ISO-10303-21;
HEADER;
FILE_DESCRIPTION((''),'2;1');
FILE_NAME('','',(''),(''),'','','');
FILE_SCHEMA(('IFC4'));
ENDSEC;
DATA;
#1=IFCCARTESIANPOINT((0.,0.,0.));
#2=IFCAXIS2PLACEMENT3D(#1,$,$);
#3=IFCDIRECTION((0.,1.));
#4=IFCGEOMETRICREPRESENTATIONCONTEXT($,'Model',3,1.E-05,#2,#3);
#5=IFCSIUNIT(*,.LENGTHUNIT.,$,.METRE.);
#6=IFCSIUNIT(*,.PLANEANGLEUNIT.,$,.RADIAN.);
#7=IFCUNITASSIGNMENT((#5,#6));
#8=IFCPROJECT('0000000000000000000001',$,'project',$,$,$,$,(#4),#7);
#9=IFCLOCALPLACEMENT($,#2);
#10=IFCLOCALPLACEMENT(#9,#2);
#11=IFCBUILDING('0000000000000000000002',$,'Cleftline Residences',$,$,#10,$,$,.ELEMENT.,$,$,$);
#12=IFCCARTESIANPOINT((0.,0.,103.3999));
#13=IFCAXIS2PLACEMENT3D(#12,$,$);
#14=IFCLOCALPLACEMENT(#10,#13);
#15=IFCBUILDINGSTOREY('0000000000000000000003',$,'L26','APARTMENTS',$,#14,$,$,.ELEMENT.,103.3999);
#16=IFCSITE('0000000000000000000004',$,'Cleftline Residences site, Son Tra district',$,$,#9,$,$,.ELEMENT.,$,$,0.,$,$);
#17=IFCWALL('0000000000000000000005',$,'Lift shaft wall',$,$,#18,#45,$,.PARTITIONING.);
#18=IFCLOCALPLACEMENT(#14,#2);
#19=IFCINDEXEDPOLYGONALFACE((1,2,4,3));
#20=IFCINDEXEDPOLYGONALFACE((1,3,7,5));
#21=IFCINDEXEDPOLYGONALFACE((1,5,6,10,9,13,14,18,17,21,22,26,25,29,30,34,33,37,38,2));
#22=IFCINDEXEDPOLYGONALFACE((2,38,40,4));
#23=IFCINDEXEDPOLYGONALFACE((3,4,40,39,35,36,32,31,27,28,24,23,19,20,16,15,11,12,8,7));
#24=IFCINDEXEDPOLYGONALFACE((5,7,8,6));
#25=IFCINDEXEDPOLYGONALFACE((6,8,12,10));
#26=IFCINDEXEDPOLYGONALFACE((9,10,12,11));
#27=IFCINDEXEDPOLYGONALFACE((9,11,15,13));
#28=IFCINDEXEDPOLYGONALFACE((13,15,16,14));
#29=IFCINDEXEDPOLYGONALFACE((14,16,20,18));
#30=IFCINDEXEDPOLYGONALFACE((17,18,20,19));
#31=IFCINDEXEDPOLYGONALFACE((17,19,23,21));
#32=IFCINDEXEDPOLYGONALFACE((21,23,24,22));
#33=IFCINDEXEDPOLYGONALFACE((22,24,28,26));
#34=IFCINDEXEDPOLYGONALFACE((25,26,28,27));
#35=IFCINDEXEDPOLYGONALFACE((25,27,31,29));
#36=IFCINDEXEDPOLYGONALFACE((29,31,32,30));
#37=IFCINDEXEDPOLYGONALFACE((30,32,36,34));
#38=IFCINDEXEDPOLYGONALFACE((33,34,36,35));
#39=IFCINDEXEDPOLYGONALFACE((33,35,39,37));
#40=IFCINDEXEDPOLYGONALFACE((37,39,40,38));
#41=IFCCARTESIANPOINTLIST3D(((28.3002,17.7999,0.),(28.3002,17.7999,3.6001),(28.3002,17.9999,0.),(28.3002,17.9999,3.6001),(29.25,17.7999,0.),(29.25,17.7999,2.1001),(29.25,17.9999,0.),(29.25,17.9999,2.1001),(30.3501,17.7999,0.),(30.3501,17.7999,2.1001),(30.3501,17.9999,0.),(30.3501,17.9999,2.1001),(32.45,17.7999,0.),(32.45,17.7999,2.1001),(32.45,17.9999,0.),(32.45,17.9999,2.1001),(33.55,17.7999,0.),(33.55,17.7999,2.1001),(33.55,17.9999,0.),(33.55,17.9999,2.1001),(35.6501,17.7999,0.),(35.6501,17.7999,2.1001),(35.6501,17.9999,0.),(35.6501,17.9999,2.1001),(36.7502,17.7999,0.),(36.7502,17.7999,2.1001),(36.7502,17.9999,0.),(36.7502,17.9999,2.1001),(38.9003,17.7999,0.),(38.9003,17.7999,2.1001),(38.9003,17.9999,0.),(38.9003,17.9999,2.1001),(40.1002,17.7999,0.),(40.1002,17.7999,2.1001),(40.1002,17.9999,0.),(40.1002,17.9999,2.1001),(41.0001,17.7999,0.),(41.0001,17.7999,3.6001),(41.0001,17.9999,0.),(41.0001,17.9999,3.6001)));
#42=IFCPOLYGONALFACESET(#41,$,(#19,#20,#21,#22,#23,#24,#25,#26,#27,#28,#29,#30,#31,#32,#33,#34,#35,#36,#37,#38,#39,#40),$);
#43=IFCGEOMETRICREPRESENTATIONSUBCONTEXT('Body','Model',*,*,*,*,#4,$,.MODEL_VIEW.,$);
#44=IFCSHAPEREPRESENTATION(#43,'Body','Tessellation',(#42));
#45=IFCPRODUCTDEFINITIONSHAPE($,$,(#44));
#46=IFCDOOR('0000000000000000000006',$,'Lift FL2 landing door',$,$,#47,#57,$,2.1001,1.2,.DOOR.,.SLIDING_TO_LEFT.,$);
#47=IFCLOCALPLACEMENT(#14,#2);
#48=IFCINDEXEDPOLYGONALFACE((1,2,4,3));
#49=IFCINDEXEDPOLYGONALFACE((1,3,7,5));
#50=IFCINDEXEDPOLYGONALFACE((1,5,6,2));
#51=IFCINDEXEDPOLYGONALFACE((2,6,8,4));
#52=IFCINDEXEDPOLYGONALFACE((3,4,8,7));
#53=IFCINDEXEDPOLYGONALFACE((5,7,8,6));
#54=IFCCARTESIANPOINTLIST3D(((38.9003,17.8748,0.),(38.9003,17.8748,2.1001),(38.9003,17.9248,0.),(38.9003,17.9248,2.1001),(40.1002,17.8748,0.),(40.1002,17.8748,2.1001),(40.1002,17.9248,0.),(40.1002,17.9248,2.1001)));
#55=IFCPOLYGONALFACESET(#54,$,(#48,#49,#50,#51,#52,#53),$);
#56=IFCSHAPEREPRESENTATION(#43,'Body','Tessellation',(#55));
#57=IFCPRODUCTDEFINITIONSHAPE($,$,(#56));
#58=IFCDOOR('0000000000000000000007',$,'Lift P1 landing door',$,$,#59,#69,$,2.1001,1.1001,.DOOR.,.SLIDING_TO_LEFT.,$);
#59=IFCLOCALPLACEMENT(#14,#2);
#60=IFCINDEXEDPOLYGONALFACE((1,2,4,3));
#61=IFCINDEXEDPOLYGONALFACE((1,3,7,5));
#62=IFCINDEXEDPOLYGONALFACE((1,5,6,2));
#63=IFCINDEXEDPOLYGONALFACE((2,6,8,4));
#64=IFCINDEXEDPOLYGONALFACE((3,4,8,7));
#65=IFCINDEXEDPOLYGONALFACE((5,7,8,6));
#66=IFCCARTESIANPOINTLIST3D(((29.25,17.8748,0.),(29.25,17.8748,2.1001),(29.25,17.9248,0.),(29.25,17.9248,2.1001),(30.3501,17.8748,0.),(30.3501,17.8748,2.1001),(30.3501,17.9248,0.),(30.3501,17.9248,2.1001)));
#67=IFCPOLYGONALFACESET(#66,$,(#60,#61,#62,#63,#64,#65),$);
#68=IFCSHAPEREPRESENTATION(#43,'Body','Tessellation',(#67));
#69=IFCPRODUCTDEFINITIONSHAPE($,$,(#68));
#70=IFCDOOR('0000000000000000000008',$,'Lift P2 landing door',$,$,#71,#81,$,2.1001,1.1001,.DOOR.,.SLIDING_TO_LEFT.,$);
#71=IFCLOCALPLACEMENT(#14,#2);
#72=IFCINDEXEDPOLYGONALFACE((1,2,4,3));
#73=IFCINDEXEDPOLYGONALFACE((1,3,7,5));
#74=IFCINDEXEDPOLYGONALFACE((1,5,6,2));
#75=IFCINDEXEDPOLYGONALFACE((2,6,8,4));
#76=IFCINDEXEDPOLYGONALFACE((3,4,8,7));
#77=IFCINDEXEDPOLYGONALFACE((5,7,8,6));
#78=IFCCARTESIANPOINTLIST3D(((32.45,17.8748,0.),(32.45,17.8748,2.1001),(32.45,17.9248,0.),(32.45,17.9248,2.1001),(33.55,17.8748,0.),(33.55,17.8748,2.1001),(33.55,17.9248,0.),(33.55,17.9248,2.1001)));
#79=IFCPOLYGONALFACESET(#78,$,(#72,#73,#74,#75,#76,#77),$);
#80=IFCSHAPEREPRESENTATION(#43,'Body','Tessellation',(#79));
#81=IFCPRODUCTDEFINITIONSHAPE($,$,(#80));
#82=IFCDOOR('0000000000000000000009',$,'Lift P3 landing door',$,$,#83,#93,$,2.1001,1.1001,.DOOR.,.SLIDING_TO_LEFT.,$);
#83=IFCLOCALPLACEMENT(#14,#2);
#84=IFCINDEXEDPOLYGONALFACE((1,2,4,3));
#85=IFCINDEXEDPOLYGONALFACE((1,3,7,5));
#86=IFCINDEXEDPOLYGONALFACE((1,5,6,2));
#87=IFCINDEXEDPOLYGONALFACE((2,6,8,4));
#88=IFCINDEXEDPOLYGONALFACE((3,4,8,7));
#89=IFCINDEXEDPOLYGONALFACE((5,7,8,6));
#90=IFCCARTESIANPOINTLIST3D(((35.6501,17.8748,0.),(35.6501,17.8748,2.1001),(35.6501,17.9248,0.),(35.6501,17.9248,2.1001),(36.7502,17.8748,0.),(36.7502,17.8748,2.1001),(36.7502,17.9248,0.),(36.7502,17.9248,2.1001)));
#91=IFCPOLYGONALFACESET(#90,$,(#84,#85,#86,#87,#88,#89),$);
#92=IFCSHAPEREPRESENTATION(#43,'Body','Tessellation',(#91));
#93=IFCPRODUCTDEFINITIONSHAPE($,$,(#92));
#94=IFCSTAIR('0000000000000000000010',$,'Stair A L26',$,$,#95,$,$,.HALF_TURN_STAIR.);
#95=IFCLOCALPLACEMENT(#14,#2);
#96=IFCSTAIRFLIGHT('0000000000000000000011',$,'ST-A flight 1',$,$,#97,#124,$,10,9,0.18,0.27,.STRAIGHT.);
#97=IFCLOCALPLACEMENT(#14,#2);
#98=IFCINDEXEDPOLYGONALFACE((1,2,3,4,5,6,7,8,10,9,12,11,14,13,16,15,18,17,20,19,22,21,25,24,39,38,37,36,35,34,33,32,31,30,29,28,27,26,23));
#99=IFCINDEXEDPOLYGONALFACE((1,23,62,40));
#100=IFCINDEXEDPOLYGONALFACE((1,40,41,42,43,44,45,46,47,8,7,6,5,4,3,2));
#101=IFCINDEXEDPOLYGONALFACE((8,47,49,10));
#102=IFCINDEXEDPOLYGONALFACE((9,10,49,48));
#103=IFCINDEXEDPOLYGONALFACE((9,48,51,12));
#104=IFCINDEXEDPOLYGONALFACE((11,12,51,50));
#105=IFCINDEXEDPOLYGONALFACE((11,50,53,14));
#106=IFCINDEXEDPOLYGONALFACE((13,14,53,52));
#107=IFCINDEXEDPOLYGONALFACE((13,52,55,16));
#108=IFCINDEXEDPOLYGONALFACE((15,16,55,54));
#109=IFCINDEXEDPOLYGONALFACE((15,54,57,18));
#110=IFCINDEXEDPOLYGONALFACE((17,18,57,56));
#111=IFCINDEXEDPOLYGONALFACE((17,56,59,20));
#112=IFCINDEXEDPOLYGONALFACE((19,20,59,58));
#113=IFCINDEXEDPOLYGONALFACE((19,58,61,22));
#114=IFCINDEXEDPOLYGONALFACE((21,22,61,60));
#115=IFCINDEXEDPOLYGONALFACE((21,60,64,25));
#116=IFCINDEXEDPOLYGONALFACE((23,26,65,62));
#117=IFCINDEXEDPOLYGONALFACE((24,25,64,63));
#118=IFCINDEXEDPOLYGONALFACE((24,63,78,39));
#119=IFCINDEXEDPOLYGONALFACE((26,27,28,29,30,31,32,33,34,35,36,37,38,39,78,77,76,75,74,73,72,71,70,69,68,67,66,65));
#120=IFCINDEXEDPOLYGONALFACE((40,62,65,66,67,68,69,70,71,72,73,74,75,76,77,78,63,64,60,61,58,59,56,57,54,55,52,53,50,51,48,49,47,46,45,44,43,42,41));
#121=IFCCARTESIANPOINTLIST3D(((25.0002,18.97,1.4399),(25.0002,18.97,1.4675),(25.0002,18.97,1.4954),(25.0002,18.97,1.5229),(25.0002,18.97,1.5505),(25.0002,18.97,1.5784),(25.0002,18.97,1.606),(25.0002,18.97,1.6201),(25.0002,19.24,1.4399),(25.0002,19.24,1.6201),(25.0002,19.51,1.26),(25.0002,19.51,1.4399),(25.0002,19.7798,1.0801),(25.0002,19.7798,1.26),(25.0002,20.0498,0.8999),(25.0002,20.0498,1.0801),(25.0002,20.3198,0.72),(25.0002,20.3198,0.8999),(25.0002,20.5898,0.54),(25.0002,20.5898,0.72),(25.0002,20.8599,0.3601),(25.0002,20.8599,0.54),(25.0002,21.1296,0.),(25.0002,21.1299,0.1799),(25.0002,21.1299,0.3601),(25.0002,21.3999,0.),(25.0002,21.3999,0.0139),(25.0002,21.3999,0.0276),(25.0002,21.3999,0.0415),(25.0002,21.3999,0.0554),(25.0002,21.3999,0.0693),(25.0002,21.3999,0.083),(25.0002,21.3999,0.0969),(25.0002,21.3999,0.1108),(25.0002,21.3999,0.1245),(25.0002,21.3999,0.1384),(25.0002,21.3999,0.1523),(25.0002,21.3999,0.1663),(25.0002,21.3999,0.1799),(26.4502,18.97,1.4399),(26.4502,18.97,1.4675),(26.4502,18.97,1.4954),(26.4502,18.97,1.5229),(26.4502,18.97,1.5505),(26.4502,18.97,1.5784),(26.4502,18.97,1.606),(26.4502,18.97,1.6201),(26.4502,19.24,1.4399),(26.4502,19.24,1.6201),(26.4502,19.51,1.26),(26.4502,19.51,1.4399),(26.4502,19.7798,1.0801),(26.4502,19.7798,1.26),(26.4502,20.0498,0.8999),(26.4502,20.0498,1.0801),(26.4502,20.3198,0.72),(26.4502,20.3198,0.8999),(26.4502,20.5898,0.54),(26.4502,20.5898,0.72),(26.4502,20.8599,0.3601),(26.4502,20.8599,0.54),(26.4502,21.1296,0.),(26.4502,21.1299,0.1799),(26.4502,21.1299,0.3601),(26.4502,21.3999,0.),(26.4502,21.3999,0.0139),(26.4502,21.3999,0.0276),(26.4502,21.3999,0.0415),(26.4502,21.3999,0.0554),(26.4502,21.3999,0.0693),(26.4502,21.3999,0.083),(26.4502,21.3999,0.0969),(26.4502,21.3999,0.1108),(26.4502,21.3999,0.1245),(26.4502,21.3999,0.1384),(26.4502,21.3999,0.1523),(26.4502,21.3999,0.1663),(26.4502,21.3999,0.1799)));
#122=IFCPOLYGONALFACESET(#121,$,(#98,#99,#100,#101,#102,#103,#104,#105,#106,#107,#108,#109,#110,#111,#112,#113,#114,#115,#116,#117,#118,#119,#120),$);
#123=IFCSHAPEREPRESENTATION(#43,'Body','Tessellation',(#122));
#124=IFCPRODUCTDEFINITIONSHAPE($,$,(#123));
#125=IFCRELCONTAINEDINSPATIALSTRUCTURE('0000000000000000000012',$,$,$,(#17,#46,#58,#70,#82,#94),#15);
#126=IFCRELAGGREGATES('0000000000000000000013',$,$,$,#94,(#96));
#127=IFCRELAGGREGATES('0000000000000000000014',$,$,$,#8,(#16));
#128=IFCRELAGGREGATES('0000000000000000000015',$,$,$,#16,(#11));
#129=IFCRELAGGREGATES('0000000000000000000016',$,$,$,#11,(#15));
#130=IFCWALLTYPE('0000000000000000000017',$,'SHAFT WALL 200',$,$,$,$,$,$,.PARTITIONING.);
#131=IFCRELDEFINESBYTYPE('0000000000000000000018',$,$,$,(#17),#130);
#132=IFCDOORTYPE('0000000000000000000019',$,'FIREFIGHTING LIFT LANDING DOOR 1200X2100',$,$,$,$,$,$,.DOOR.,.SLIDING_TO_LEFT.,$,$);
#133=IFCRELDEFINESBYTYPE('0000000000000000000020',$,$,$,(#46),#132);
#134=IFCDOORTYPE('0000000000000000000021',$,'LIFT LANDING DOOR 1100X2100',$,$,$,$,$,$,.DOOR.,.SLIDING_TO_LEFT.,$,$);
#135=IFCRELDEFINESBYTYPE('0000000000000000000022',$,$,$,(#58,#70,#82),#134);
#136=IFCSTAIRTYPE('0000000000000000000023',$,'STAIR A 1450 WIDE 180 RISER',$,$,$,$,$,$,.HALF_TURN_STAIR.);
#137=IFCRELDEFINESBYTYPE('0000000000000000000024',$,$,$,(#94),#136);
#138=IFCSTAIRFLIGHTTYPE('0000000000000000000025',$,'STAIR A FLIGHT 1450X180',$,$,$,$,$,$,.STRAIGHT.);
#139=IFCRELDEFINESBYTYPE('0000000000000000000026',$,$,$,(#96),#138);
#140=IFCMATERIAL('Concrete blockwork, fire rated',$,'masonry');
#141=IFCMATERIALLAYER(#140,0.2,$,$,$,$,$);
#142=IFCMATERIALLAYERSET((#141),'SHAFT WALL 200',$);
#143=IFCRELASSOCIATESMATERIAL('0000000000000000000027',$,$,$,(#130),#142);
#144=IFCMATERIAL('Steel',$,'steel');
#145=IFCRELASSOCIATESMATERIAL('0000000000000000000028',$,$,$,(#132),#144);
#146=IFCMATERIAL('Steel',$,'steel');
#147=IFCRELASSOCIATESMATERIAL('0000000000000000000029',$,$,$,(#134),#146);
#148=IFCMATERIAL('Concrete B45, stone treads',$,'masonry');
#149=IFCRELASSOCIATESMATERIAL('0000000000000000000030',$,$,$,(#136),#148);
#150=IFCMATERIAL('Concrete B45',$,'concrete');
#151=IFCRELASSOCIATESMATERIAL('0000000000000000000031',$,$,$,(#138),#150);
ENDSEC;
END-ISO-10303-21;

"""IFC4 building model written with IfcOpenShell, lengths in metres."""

from ifc_helpers import new_model, si_unit, direction, frame, frame_2d, origin, place, context, subcontext, project, spatial, polyline, rectangle, outline, extrude, material, layer, layer_set, type_object, element, fill, aggregate, save


model = new_model("IFC4")

# Units and contexts
model_context = context("Model", 3, precision=1e-05, world=origin(), true_north=direction((0.0, 1.0)))
body_context = subcontext(model_context, "Body", "Model", "MODEL_VIEW")
ifc_project = project(units=[si_unit("LENGTHUNIT", "METRE"), si_unit("PLANEANGLEUNIT", "RADIAN")], contexts=[model_context])

# Site, building, storey
site_placement = place(None, origin())
site = spatial("IfcSite", under=ifc_project, at=site_placement, Name="Cleftline Residences site, Son Tra district", CompositionType="ELEMENT", RefElevation=0.0)
building_placement = place(site_placement, origin())
building = spatial("IfcBuilding", under=site, at=building_placement, Name="Cleftline Residences", CompositionType="ELEMENT")
storey_placement = place(building_placement, frame((0.0, 0.0, 103.3999)))
storey = spatial("IfcBuildingStorey", under=building, at=storey_placement, Name="L26", Description="APARTMENTS", CompositionType="ELEMENT", Elevation=103.3999)

# Wall, openings, doors
ifc_material_1 = material(Name="Concrete blockwork, fire rated", Category="masonry")
ifc_layer_1 = layer(ifc_material_1, 0.2)
ifc_layer_set_1 = layer_set([ifc_layer_1], Name="SHAFT WALL 200")
wall_type_1 = type_object("IfcWallType", Name="SHAFT WALL 200", PredefinedType="PARTITIONING", material=ifc_layer_set_1)
wall_1_placement = place(storey_placement, frame((28.3, 17.8999, 0.0), z_axis=(0.0, 0.0, 1.0), x_axis=(1.0, 0.0, 0.0)))
wall_1 = element("IfcWall", 1, at=wall_1_placement, inside=storey, type_object=wall_type_1, Name="Lift shaft wall", PredefinedType="PARTITIONING", context=body_context, shape_type="SweptSolid", body=[
    extrude(rectangle(XDim=12.7, YDim=0.2, at=frame_2d((6.3501, 0.0))), origin(), (0.0, 0.0, 1.0), 3.6001),
])
opening_1_placement = place(wall_1_placement, frame((0.95, 0.0, 0.0)))
opening_1 = element("IfcOpeningElement", 2, at=opening_1_placement, cuts=wall_1, PredefinedType="OPENING", context=body_context, shape_type="SweptSolid", body=[
    extrude(rectangle(XDim=1.1001, YDim=2.1001, at=frame_2d((0.55, 1.05))), frame((0.0, 0.1099, 0.0), z_axis=(0.0, -1.0, 0.0), x_axis=(1.0, 0.0, 0.0)), (0.0, 0.0, 1.0), 0.22),
])
opening_2_placement = place(wall_1_placement, frame((4.1499, 0.0, 0.0)))
opening_2 = element("IfcOpeningElement", 3, at=opening_2_placement, cuts=wall_1, PredefinedType="OPENING", context=body_context, shape_type="SweptSolid", body=[
    extrude(rectangle(XDim=1.1001, YDim=2.1001, at=frame_2d((0.55, 1.05))), frame((0.0, 0.1099, 0.0), z_axis=(0.0, -1.0, 0.0), x_axis=(1.0, 0.0, 0.0)), (0.0, 0.0, 1.0), 0.22),
])
opening_3_placement = place(wall_1_placement, frame((7.3501, 0.0, 0.0)))
opening_3 = element("IfcOpeningElement", 4, at=opening_3_placement, cuts=wall_1, PredefinedType="OPENING", context=body_context, shape_type="SweptSolid", body=[
    extrude(rectangle(XDim=1.1001, YDim=2.1001, at=frame_2d((0.55, 1.05))), frame((0.0, 0.1099, 0.0), z_axis=(0.0, -1.0, 0.0), x_axis=(1.0, 0.0, 0.0)), (0.0, 0.0, 1.0), 0.22),
])
opening_4_placement = place(wall_1_placement, frame((10.6001, 0.0, 0.0)))
opening_4 = element("IfcOpeningElement", 5, at=opening_4_placement, cuts=wall_1, PredefinedType="OPENING", context=body_context, shape_type="SweptSolid", body=[
    extrude(rectangle(XDim=1.2, YDim=2.1001, at=frame_2d((0.6001, 1.05))), frame((0.0, 0.1099, 0.0), z_axis=(0.0, -1.0, 0.0), x_axis=(1.0, 0.0, 0.0)), (0.0, 0.0, 1.0), 0.22),
])
ifc_material_2 = material(Name="Steel", Category="steel")
door_type_1 = type_object("IfcDoorType", Name="FIREFIGHTING LIFT LANDING DOOR 1200X2100", OperationType="SLIDING_TO_LEFT", PredefinedType="DOOR", material=ifc_material_2)
door_1_placement = place(opening_4_placement, origin())
door_1 = element("IfcDoor", 6, at=door_1_placement, inside=storey, type_object=door_type_1, Name="Lift FL2 landing door", OperationType="SLIDING_TO_LEFT", OverallHeight=2.1001, OverallWidth=1.2, PredefinedType="DOOR", context=body_context, shape_type="SweptSolid", body=[
    extrude(rectangle(XDim=1.2, YDim=2.1001, at=frame_2d((0.6001, 1.05))), frame((0.0, 0.0249, 0.0), z_axis=(0.0, -1.0, 0.0), x_axis=(1.0, 0.0, 0.0)), (0.0, 0.0, 1.0), 0.05),
])
fill(opening_4, door_1)
ifc_material_3 = material(Name="Steel", Category="steel")
door_type_2 = type_object("IfcDoorType", Name="LIFT LANDING DOOR 1100X2100", OperationType="SLIDING_TO_LEFT", PredefinedType="DOOR", material=ifc_material_3)
door_2_placement = place(opening_1_placement, origin())
door_2 = element("IfcDoor", 7, at=door_2_placement, inside=storey, type_object=door_type_2, Name="Lift P1 landing door", OperationType="SLIDING_TO_LEFT", OverallHeight=2.1001, OverallWidth=1.1001, PredefinedType="DOOR", context=body_context, shape_type="SweptSolid", body=[
    extrude(rectangle(XDim=1.1001, YDim=2.1001, at=frame_2d((0.55, 1.05))), frame((0.0, 0.0249, 0.0), z_axis=(0.0, -1.0, 0.0), x_axis=(1.0, 0.0, 0.0)), (0.0, 0.0, 1.0), 0.05),
])
fill(opening_1, door_2)
door_3_placement = place(opening_2_placement, origin())
door_3 = element("IfcDoor", 8, at=door_3_placement, inside=storey, type_object=door_type_2, Name="Lift P2 landing door", OperationType="SLIDING_TO_LEFT", OverallHeight=2.1001, OverallWidth=1.1001, PredefinedType="DOOR", context=body_context, shape_type="SweptSolid", body=[
    extrude(rectangle(XDim=1.1001, YDim=2.1001, at=frame_2d((0.55, 1.05))), frame((0.0, 0.0249, 0.0), z_axis=(0.0, -1.0, 0.0), x_axis=(1.0, 0.0, 0.0)), (0.0, 0.0, 1.0), 0.05),
])
fill(opening_2, door_3)
door_4_placement = place(opening_3_placement, origin())
door_4 = element("IfcDoor", 9, at=door_4_placement, inside=storey, type_object=door_type_2, Name="Lift P3 landing door", OperationType="SLIDING_TO_LEFT", OverallHeight=2.1001, OverallWidth=1.1001, PredefinedType="DOOR", context=body_context, shape_type="SweptSolid", body=[
    extrude(rectangle(XDim=1.1001, YDim=2.1001, at=frame_2d((0.55, 1.05))), frame((0.0, 0.0249, 0.0), z_axis=(0.0, -1.0, 0.0), x_axis=(1.0, 0.0, 0.0)), (0.0, 0.0, 1.0), 0.05),
])
fill(opening_3, door_4)

# Stair, stair flight
ifc_material_4 = material(Name="Concrete B45, stone treads", Category="masonry")
stair_type = type_object("IfcStairType", Name="STAIR A 1450 WIDE 180 RISER", PredefinedType="HALF_TURN_STAIR", material=ifc_material_4)
stair_placement = place(storey_placement, origin())
stair = element("IfcStair", 10, at=stair_placement, inside=storey, type_object=stair_type, Name="Stair A L26", PredefinedType="HALF_TURN_STAIR")
ifc_material_5 = material(Name="Concrete B45", Category="concrete")
stair_flight_type = type_object("IfcStairFlightType", Name="STAIR A FLIGHT 1450X180", PredefinedType="STRAIGHT", material=ifc_material_5)
stair_flight_1_placement = place(storey_placement, frame((25.7251, 21.3999, 0.0), z_axis=(0.0, 0.0, 1.0), x_axis=(0.0, -1.0, 0.0)))
stair_flight_1 = element("IfcStairFlight", 11, at=stair_flight_1_placement, type_object=stair_flight_type, Name="ST-A flight 1", NumberOfRisers=10, NumberOfTreads=9, PredefinedType="STRAIGHT", RiserHeight=0.18, TreadLength=0.27, context=body_context, shape_type="SweptSolid", body=[
    extrude(outline(polyline([(0.0, 0.0), (0.0, 0.0139), (0.0, 0.0276), (0.0, 0.0415), (0.0, 0.0554), (0.0, 0.0693), (0.0, 0.083), (0.0, 0.0969), (0.0, 0.1108), (0.0, 0.1245), (0.0, 0.1384), (0.0, 0.1523), (0.0, 0.1663), (0.0, 0.1799), (0.27, 0.1799), (0.27, 0.3601), (0.54, 0.3601), (0.54, 0.54), (0.8101, 0.54), (0.8101, 0.72), (1.0801, 0.72), (1.0801, 0.8999), (1.3501, 0.8999), (1.3501, 1.0801), (1.6201, 1.0801), (1.6201, 1.26), (1.8899, 1.26), (1.8899, 1.4399), (2.1599, 1.4399), (2.1599, 1.6201), (2.4299, 1.6201), (2.4299, 1.8), (2.4299, 1.7722), (2.4299, 1.7446), (2.4299, 1.7168), (2.4299, 1.6892), (2.4299, 1.6614), (2.4299, 1.6338), (2.4299, 1.606), (2.4299, 1.5784), (2.4299, 1.5505), (2.4299, 1.5229), (2.4299, 1.4954), (2.4299, 1.4675), (2.4299, 1.4399), (0.2703, 0.0), (0.0, 0.0)])), frame((0.0, 0.7251, 0.0), z_axis=(0.0, -1.0, 0.0), x_axis=(1.0, 0.0, 0.0)), (0.0, 0.0, 1.0), 1.45),
])
aggregate(stair, [stair_flight_1])

save(model, "model.ifc")
